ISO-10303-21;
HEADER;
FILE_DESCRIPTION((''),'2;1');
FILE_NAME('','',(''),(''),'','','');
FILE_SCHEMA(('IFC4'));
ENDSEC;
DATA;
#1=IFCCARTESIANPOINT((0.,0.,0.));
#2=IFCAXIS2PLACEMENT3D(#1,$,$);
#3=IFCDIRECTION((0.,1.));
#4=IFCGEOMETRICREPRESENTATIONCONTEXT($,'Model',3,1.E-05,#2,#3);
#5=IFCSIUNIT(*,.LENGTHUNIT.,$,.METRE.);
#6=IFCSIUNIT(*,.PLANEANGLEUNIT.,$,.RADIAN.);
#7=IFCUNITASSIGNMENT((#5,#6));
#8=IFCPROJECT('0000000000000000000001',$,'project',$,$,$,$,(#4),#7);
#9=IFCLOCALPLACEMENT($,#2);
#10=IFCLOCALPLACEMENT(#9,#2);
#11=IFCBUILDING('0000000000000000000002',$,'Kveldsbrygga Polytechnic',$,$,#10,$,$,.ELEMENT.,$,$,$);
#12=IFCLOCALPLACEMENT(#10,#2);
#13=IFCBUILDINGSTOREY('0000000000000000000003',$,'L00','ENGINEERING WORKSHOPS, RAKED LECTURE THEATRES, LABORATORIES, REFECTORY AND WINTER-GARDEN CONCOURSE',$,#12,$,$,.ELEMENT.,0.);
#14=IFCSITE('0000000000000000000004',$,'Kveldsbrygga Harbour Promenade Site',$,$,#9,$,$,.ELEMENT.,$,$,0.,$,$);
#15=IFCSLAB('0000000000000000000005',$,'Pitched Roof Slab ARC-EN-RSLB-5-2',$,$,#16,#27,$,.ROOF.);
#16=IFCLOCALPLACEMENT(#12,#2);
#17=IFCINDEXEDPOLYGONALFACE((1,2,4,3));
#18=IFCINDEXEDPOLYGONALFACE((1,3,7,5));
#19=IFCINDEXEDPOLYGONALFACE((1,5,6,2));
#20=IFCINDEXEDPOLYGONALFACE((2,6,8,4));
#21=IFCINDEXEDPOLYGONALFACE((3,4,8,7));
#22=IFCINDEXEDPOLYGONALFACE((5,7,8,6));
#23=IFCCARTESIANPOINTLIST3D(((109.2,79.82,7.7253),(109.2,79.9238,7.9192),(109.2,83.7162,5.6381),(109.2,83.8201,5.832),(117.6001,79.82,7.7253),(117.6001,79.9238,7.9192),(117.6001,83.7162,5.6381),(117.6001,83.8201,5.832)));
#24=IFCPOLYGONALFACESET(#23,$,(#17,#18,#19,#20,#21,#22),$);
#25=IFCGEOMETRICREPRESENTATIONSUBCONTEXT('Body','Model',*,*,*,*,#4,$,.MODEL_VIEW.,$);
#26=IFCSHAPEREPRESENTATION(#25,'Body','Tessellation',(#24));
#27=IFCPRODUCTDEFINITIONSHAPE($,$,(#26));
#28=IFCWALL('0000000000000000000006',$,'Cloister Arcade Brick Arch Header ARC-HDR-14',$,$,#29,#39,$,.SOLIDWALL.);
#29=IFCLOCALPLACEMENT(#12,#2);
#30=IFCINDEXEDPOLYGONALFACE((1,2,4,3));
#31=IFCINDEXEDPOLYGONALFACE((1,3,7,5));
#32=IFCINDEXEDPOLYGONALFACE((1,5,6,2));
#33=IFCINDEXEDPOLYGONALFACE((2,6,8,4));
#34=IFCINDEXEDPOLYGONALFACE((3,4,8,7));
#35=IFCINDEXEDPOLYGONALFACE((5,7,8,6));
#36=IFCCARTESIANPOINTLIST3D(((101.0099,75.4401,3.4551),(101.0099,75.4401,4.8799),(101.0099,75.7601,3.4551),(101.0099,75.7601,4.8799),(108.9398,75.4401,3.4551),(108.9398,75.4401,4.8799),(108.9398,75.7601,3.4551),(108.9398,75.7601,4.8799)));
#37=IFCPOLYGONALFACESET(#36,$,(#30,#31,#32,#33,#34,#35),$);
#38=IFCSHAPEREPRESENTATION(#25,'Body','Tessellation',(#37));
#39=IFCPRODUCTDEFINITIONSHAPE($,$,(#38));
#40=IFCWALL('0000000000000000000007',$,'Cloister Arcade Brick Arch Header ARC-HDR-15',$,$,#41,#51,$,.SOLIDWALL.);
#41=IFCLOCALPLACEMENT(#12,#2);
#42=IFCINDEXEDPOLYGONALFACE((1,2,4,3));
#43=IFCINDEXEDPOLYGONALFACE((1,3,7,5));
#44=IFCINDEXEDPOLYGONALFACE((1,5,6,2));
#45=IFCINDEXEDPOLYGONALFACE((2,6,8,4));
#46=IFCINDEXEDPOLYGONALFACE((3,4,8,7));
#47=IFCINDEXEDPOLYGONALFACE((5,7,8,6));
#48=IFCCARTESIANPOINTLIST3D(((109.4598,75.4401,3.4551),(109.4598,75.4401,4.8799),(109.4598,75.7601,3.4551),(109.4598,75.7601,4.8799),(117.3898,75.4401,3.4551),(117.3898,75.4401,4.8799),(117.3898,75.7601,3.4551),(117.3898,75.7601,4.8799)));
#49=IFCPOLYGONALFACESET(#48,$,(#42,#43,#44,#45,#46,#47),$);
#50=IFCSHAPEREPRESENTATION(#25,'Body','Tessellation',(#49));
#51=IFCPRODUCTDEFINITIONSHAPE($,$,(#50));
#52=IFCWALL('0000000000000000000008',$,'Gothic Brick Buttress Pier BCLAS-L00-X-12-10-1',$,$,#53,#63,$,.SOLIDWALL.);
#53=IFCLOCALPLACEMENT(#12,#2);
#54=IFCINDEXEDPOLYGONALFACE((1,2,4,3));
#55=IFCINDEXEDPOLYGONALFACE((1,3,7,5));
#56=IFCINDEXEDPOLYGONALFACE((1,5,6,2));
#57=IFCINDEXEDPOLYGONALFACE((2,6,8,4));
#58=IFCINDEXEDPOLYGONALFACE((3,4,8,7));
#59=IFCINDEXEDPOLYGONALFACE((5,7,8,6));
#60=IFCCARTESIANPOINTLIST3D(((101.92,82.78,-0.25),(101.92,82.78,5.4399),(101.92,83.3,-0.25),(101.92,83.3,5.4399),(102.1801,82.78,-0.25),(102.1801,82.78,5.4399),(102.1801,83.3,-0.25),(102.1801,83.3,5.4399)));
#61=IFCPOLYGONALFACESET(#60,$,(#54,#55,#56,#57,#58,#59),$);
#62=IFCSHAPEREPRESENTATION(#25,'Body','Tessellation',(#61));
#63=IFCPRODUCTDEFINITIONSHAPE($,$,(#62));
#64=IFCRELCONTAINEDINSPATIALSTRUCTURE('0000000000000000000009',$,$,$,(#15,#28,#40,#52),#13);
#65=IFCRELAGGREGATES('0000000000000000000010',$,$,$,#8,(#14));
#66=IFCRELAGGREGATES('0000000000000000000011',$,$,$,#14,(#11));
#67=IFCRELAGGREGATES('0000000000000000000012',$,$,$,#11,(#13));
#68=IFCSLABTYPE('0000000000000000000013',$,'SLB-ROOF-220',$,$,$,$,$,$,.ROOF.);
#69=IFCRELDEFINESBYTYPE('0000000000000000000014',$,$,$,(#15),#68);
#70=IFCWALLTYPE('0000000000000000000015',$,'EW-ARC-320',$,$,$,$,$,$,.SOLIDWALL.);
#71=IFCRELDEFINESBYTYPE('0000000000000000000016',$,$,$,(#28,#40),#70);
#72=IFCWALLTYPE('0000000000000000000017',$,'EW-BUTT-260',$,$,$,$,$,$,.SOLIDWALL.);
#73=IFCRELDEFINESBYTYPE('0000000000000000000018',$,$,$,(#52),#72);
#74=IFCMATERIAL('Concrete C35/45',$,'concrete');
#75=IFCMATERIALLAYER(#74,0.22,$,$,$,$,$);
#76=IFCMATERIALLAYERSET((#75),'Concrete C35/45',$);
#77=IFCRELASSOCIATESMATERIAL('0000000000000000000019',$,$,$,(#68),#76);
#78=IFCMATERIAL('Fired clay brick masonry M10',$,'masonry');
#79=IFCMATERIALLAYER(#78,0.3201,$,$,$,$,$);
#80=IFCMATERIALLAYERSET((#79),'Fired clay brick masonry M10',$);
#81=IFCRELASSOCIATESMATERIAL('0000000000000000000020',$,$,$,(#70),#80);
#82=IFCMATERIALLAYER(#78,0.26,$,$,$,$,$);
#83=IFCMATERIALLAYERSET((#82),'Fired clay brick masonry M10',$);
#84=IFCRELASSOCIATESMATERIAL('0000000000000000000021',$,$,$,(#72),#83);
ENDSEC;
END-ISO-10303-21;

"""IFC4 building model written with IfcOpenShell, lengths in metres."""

from ifc_helpers import new_model, si_unit, direction, frame, frame_2d, origin, place, context, subcontext, project, spatial, polyline, rectangle, outline, extrude, material, layer, layer_set, type_object, element, save


model = new_model("IFC4")

# Units and contexts
model_context = context("Model", 3, precision=1e-05, world=origin(), true_north=direction((0.0, 1.0)))
body_context = subcontext(model_context, "Body", "Model", "MODEL_VIEW")
ifc_project = project(units=[si_unit("LENGTHUNIT", "METRE"), si_unit("PLANEANGLEUNIT", "RADIAN")], contexts=[model_context])

# Site, building, storey
site_placement = place(None, origin())
site = spatial("IfcSite", under=ifc_project, at=site_placement, Name="Kveldsbrygga Harbour Promenade Site", CompositionType="ELEMENT", RefElevation=0.0)
building_placement = place(site_placement, origin())
building = spatial("IfcBuilding", under=site, at=building_placement, Name="Kveldsbrygga Polytechnic", CompositionType="ELEMENT")
storey_placement = place(building_placement, origin())
storey = spatial("IfcBuildingStorey", under=building, at=storey_placement, Name="L00", Description="ENGINEERING WORKSHOPS, RAKED LECTURE THEATRES, LABORATORIES, REFECTORY AND WINTER-GARDEN CONCOURSE", CompositionType="ELEMENT", Elevation=0.0)

# Shared definitions
ifc_material_1 = material(Name="Concrete C35/45", Category="concrete")

# Slab
ifc_layer_1 = layer(ifc_material_1, 0.22)
ifc_layer_set_1 = layer_set([ifc_layer_1], Name="Concrete C35/45")
slab_type = type_object("IfcSlabType", Name="SLB-ROOF-220", PredefinedType="ROOF", material=ifc_layer_set_1)
slab_1_placement = place(storey_placement, frame((109.2, 79.9238, 7.9192), z_axis=(0.0, 0.472201, 0.881491), x_axis=(1.0, 0.0, 0.0)))
element("IfcSlab", 1, at=slab_1_placement, inside=storey, type_object=slab_type, Name="Pitched Roof Slab ARC-EN-RSLB-5-2", PredefinedType="ROOF", context=body_context, shape_type="SweptSolid", body=[
    extrude(outline(polyline([(0.0, 0.0), (8.4001, 0.0), (8.4001, 4.4201), (0.0, 4.4201), (0.0, 0.0)])), origin(), (0.0, 0.0, -1.0), 0.22),
])

# Walls
ifc_material_2 = material(Name="Fired clay brick masonry M10", Category="masonry")
ifc_layer_2 = layer(ifc_material_2, 0.3201)
ifc_layer_set_2 = layer_set([ifc_layer_2], Name="Fired clay brick masonry M10")
wall_type_1 = type_object("IfcWallType", Name="EW-ARC-320", PredefinedType="SOLIDWALL", material=ifc_layer_set_2)
for number, where, z_axis, x_axis, name in (
    (2, (101.01, 75.6001, 3.4551), (0.0, 0.0, 1.0), (1.0, 0.0, 0.0), "Cloister Arcade Brick Arch Header ARC-HDR-14"),
    (3, (109.46, 75.6001, 3.4551), (0.0, 0.0, 1.0), (1.0, 0.0, 0.0), "Cloister Arcade Brick Arch Header ARC-HDR-15"),
):
    element("IfcWall", number, at=place(storey_placement, frame(where, z_axis=z_axis, x_axis=x_axis)), inside=storey, type_object=wall_type_1, Name=name, PredefinedType="SOLIDWALL", context=body_context, shape_type="SweptSolid", body=[
        extrude(rectangle(XDim=7.9299, YDim=0.3201, at=frame_2d((3.9648, 0.0))), origin(), (0.0, 0.0, 1.0), 1.4248),
    ])
ifc_layer_3 = layer(ifc_material_2, 0.26)
ifc_layer_set_3 = layer_set([ifc_layer_3], Name="Fired clay brick masonry M10")
wall_type_2 = type_object("IfcWallType", Name="EW-BUTT-260", PredefinedType="SOLIDWALL", material=ifc_layer_set_3)
wall_placement = place(storey_placement, frame((102.05, 83.3, -0.25), z_axis=(0.0, 0.0, 1.0), x_axis=(0.0, -1.0, 0.0)))
element("IfcWall", 4, at=wall_placement, inside=storey, type_object=wall_type_2, Name="Gothic Brick Buttress Pier BCLAS-L00-X-12-10-1", PredefinedType="SOLIDWALL", context=body_context, shape_type="SweptSolid", body=[
    extrude(rectangle(XDim=0.52, YDim=0.26, at=frame_2d((0.26, 0.0))), origin(), (0.0, 0.0, 1.0), 5.6899),
])

save(model, "model.ifc")
